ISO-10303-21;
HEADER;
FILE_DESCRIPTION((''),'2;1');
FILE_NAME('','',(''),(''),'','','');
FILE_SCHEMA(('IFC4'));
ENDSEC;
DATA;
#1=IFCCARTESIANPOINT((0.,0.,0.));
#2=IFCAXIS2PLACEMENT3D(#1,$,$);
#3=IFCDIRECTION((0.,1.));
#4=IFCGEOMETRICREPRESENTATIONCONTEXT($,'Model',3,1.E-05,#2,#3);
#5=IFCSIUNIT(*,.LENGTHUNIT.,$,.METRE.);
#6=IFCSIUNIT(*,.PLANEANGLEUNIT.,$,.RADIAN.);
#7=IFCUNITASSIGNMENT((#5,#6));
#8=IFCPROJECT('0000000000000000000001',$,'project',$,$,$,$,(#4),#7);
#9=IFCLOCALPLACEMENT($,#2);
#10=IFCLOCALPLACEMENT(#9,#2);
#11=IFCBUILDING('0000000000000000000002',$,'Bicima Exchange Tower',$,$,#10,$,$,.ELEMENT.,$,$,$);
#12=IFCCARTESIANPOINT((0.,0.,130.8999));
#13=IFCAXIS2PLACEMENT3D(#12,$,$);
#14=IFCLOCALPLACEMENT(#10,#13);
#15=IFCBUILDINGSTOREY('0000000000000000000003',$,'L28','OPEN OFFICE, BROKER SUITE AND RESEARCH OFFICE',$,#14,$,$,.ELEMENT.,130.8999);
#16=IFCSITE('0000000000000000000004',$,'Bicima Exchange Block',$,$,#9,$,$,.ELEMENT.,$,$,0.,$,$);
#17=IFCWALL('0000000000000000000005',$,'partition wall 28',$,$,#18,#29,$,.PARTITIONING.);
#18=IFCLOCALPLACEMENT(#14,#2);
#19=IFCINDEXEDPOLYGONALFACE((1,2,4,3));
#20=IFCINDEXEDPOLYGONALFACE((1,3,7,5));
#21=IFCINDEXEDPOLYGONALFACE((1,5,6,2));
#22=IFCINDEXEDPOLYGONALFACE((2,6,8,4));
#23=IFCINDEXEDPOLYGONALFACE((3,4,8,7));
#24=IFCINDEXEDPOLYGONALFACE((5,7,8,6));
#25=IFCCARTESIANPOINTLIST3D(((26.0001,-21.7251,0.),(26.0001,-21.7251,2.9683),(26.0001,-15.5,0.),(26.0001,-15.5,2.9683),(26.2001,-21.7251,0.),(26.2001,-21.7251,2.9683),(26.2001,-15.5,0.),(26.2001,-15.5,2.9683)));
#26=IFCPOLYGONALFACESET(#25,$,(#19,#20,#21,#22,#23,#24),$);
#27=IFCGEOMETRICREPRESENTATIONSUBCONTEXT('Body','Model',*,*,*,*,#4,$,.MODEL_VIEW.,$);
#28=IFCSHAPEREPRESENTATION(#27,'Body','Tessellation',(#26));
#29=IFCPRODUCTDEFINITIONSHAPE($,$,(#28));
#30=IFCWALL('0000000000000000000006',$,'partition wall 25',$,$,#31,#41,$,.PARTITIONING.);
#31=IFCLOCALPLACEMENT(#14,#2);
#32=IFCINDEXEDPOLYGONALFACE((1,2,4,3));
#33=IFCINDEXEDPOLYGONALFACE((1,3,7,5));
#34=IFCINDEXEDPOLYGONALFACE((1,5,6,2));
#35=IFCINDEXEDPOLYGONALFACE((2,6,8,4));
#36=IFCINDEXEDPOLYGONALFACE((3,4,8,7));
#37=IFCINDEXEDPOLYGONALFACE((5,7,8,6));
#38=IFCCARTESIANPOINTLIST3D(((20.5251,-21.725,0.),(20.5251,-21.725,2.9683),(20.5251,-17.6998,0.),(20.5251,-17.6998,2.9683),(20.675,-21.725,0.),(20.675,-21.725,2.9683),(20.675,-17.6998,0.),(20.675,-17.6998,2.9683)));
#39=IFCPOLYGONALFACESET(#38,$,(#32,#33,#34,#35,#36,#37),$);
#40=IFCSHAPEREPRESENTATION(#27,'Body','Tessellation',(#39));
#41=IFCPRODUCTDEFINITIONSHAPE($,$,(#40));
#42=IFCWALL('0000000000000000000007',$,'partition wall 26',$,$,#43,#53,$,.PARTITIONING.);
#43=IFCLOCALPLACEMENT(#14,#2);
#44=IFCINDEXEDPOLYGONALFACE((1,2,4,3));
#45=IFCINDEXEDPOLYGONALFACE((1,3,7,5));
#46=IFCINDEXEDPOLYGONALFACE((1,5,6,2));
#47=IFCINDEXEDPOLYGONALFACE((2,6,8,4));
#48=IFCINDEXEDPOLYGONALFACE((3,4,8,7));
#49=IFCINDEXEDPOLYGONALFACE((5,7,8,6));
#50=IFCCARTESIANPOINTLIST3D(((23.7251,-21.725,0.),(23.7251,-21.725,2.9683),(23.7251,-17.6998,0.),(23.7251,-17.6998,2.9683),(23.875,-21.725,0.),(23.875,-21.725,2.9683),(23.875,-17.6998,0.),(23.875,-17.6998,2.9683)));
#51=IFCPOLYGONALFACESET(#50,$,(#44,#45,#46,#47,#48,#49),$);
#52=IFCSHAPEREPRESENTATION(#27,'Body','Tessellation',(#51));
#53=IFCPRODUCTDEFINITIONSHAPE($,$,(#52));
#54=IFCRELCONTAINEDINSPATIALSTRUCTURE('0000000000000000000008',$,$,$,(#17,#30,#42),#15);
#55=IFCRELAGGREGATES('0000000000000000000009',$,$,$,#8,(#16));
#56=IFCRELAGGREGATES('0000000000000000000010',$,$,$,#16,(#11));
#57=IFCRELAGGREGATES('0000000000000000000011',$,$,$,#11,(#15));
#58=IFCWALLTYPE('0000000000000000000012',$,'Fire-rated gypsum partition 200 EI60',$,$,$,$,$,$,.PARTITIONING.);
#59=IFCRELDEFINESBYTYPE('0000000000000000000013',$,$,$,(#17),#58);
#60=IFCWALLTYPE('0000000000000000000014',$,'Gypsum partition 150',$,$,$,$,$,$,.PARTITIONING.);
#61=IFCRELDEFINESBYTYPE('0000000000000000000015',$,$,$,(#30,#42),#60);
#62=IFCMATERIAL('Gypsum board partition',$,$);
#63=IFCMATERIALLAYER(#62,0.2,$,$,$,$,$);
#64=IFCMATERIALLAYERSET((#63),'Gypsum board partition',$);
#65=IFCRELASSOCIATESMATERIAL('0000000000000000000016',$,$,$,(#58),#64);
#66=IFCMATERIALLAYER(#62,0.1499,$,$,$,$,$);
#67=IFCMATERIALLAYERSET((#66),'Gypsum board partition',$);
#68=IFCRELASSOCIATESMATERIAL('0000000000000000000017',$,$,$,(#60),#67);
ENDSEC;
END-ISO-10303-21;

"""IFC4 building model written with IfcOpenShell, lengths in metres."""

from ifc_helpers import new_model, si_unit, direction, frame, frame_2d, origin, place, context, subcontext, project, spatial, rectangle, extrude, material, layer, layer_set, type_object, element, save


model = new_model("IFC4")

# Units and contexts
model_context = context("Model", 3, precision=1e-05, world=origin(), true_north=direction((0.0, 1.0)))
body_context = subcontext(model_context, "Body", "Model", "MODEL_VIEW")
ifc_project = project(units=[si_unit("LENGTHUNIT", "METRE"), si_unit("PLANEANGLEUNIT", "RADIAN")], contexts=[model_context])

# Site, building, storey
site_placement = place(None, origin())
site = spatial("IfcSite", under=ifc_project, at=site_placement, Name="Bicima Exchange Block", CompositionType="ELEMENT", RefElevation=0.0)
building_placement = place(site_placement, origin())
building = spatial("IfcBuilding", under=site, at=building_placement, Name="Bicima Exchange Tower", CompositionType="ELEMENT")
storey_placement = place(building_placement, frame((0.0, 0.0, 130.8999)))
storey = spatial("IfcBuildingStorey", under=building, at=storey_placement, Name="L28", Description="OPEN OFFICE, BROKER SUITE AND RESEARCH OFFICE", CompositionType="ELEMENT", Elevation=130.8999)

# Walls
ifc_material_1 = material(Name="Gypsum board partition")
ifc_layer_1 = layer(ifc_material_1, 0.2)
ifc_layer_set_1 = layer_set([ifc_layer_1], Name="Gypsum board partition")
wall_type_1 = type_object("IfcWallType", Name="Fire-rated gypsum partition 200 EI60", PredefinedType="PARTITIONING", material=ifc_layer_set_1)
wall_placement = place(storey_placement, frame((26.1001, -21.7251, 0.0), z_axis=(0.0, 0.0, 1.0), x_axis=(0.0, 1.0, 0.0)))
element("IfcWall", 1, at=wall_placement, inside=storey, type_object=wall_type_1, Name="partition wall 28", PredefinedType="PARTITIONING", context=body_context, shape_type="SweptSolid", body=[
    extrude(rectangle(XDim=6.2251, YDim=0.2, at=frame_2d((3.1125, 0.0))), origin(), (0.0, 0.0, 1.0), 2.9683),
])
ifc_layer_2 = layer(ifc_material_1, 0.1499)
ifc_layer_set_2 = layer_set([ifc_layer_2], Name="Gypsum board partition")
wall_type_2 = type_object("IfcWallType", Name="Gypsum partition 150", PredefinedType="PARTITIONING", material=ifc_layer_set_2)
for number, where, z_axis, x_axis, name in (
    (2, (20.6001, -21.7251, 0.0), (0.0, 0.0, 1.0), (0.0, 1.0, 0.0), "partition wall 25"),
    (3, (23.8, -21.7251, 0.0), (0.0, 0.0, 1.0), (0.0, 1.0, 0.0), "partition wall 26"),
):
    element("IfcWall", number, at=place(storey_placement, frame(where, z_axis=z_axis, x_axis=x_axis)), inside=storey, type_object=wall_type_2, Name=name, PredefinedType="PARTITIONING", context=body_context, shape_type="SweptSolid", body=[
        extrude(rectangle(XDim=4.0251, YDim=0.1499, at=frame_2d((2.0127, 0.0))), origin(), (0.0, 0.0, 1.0), 2.9683),
    ])

save(model, "model.ifc")
